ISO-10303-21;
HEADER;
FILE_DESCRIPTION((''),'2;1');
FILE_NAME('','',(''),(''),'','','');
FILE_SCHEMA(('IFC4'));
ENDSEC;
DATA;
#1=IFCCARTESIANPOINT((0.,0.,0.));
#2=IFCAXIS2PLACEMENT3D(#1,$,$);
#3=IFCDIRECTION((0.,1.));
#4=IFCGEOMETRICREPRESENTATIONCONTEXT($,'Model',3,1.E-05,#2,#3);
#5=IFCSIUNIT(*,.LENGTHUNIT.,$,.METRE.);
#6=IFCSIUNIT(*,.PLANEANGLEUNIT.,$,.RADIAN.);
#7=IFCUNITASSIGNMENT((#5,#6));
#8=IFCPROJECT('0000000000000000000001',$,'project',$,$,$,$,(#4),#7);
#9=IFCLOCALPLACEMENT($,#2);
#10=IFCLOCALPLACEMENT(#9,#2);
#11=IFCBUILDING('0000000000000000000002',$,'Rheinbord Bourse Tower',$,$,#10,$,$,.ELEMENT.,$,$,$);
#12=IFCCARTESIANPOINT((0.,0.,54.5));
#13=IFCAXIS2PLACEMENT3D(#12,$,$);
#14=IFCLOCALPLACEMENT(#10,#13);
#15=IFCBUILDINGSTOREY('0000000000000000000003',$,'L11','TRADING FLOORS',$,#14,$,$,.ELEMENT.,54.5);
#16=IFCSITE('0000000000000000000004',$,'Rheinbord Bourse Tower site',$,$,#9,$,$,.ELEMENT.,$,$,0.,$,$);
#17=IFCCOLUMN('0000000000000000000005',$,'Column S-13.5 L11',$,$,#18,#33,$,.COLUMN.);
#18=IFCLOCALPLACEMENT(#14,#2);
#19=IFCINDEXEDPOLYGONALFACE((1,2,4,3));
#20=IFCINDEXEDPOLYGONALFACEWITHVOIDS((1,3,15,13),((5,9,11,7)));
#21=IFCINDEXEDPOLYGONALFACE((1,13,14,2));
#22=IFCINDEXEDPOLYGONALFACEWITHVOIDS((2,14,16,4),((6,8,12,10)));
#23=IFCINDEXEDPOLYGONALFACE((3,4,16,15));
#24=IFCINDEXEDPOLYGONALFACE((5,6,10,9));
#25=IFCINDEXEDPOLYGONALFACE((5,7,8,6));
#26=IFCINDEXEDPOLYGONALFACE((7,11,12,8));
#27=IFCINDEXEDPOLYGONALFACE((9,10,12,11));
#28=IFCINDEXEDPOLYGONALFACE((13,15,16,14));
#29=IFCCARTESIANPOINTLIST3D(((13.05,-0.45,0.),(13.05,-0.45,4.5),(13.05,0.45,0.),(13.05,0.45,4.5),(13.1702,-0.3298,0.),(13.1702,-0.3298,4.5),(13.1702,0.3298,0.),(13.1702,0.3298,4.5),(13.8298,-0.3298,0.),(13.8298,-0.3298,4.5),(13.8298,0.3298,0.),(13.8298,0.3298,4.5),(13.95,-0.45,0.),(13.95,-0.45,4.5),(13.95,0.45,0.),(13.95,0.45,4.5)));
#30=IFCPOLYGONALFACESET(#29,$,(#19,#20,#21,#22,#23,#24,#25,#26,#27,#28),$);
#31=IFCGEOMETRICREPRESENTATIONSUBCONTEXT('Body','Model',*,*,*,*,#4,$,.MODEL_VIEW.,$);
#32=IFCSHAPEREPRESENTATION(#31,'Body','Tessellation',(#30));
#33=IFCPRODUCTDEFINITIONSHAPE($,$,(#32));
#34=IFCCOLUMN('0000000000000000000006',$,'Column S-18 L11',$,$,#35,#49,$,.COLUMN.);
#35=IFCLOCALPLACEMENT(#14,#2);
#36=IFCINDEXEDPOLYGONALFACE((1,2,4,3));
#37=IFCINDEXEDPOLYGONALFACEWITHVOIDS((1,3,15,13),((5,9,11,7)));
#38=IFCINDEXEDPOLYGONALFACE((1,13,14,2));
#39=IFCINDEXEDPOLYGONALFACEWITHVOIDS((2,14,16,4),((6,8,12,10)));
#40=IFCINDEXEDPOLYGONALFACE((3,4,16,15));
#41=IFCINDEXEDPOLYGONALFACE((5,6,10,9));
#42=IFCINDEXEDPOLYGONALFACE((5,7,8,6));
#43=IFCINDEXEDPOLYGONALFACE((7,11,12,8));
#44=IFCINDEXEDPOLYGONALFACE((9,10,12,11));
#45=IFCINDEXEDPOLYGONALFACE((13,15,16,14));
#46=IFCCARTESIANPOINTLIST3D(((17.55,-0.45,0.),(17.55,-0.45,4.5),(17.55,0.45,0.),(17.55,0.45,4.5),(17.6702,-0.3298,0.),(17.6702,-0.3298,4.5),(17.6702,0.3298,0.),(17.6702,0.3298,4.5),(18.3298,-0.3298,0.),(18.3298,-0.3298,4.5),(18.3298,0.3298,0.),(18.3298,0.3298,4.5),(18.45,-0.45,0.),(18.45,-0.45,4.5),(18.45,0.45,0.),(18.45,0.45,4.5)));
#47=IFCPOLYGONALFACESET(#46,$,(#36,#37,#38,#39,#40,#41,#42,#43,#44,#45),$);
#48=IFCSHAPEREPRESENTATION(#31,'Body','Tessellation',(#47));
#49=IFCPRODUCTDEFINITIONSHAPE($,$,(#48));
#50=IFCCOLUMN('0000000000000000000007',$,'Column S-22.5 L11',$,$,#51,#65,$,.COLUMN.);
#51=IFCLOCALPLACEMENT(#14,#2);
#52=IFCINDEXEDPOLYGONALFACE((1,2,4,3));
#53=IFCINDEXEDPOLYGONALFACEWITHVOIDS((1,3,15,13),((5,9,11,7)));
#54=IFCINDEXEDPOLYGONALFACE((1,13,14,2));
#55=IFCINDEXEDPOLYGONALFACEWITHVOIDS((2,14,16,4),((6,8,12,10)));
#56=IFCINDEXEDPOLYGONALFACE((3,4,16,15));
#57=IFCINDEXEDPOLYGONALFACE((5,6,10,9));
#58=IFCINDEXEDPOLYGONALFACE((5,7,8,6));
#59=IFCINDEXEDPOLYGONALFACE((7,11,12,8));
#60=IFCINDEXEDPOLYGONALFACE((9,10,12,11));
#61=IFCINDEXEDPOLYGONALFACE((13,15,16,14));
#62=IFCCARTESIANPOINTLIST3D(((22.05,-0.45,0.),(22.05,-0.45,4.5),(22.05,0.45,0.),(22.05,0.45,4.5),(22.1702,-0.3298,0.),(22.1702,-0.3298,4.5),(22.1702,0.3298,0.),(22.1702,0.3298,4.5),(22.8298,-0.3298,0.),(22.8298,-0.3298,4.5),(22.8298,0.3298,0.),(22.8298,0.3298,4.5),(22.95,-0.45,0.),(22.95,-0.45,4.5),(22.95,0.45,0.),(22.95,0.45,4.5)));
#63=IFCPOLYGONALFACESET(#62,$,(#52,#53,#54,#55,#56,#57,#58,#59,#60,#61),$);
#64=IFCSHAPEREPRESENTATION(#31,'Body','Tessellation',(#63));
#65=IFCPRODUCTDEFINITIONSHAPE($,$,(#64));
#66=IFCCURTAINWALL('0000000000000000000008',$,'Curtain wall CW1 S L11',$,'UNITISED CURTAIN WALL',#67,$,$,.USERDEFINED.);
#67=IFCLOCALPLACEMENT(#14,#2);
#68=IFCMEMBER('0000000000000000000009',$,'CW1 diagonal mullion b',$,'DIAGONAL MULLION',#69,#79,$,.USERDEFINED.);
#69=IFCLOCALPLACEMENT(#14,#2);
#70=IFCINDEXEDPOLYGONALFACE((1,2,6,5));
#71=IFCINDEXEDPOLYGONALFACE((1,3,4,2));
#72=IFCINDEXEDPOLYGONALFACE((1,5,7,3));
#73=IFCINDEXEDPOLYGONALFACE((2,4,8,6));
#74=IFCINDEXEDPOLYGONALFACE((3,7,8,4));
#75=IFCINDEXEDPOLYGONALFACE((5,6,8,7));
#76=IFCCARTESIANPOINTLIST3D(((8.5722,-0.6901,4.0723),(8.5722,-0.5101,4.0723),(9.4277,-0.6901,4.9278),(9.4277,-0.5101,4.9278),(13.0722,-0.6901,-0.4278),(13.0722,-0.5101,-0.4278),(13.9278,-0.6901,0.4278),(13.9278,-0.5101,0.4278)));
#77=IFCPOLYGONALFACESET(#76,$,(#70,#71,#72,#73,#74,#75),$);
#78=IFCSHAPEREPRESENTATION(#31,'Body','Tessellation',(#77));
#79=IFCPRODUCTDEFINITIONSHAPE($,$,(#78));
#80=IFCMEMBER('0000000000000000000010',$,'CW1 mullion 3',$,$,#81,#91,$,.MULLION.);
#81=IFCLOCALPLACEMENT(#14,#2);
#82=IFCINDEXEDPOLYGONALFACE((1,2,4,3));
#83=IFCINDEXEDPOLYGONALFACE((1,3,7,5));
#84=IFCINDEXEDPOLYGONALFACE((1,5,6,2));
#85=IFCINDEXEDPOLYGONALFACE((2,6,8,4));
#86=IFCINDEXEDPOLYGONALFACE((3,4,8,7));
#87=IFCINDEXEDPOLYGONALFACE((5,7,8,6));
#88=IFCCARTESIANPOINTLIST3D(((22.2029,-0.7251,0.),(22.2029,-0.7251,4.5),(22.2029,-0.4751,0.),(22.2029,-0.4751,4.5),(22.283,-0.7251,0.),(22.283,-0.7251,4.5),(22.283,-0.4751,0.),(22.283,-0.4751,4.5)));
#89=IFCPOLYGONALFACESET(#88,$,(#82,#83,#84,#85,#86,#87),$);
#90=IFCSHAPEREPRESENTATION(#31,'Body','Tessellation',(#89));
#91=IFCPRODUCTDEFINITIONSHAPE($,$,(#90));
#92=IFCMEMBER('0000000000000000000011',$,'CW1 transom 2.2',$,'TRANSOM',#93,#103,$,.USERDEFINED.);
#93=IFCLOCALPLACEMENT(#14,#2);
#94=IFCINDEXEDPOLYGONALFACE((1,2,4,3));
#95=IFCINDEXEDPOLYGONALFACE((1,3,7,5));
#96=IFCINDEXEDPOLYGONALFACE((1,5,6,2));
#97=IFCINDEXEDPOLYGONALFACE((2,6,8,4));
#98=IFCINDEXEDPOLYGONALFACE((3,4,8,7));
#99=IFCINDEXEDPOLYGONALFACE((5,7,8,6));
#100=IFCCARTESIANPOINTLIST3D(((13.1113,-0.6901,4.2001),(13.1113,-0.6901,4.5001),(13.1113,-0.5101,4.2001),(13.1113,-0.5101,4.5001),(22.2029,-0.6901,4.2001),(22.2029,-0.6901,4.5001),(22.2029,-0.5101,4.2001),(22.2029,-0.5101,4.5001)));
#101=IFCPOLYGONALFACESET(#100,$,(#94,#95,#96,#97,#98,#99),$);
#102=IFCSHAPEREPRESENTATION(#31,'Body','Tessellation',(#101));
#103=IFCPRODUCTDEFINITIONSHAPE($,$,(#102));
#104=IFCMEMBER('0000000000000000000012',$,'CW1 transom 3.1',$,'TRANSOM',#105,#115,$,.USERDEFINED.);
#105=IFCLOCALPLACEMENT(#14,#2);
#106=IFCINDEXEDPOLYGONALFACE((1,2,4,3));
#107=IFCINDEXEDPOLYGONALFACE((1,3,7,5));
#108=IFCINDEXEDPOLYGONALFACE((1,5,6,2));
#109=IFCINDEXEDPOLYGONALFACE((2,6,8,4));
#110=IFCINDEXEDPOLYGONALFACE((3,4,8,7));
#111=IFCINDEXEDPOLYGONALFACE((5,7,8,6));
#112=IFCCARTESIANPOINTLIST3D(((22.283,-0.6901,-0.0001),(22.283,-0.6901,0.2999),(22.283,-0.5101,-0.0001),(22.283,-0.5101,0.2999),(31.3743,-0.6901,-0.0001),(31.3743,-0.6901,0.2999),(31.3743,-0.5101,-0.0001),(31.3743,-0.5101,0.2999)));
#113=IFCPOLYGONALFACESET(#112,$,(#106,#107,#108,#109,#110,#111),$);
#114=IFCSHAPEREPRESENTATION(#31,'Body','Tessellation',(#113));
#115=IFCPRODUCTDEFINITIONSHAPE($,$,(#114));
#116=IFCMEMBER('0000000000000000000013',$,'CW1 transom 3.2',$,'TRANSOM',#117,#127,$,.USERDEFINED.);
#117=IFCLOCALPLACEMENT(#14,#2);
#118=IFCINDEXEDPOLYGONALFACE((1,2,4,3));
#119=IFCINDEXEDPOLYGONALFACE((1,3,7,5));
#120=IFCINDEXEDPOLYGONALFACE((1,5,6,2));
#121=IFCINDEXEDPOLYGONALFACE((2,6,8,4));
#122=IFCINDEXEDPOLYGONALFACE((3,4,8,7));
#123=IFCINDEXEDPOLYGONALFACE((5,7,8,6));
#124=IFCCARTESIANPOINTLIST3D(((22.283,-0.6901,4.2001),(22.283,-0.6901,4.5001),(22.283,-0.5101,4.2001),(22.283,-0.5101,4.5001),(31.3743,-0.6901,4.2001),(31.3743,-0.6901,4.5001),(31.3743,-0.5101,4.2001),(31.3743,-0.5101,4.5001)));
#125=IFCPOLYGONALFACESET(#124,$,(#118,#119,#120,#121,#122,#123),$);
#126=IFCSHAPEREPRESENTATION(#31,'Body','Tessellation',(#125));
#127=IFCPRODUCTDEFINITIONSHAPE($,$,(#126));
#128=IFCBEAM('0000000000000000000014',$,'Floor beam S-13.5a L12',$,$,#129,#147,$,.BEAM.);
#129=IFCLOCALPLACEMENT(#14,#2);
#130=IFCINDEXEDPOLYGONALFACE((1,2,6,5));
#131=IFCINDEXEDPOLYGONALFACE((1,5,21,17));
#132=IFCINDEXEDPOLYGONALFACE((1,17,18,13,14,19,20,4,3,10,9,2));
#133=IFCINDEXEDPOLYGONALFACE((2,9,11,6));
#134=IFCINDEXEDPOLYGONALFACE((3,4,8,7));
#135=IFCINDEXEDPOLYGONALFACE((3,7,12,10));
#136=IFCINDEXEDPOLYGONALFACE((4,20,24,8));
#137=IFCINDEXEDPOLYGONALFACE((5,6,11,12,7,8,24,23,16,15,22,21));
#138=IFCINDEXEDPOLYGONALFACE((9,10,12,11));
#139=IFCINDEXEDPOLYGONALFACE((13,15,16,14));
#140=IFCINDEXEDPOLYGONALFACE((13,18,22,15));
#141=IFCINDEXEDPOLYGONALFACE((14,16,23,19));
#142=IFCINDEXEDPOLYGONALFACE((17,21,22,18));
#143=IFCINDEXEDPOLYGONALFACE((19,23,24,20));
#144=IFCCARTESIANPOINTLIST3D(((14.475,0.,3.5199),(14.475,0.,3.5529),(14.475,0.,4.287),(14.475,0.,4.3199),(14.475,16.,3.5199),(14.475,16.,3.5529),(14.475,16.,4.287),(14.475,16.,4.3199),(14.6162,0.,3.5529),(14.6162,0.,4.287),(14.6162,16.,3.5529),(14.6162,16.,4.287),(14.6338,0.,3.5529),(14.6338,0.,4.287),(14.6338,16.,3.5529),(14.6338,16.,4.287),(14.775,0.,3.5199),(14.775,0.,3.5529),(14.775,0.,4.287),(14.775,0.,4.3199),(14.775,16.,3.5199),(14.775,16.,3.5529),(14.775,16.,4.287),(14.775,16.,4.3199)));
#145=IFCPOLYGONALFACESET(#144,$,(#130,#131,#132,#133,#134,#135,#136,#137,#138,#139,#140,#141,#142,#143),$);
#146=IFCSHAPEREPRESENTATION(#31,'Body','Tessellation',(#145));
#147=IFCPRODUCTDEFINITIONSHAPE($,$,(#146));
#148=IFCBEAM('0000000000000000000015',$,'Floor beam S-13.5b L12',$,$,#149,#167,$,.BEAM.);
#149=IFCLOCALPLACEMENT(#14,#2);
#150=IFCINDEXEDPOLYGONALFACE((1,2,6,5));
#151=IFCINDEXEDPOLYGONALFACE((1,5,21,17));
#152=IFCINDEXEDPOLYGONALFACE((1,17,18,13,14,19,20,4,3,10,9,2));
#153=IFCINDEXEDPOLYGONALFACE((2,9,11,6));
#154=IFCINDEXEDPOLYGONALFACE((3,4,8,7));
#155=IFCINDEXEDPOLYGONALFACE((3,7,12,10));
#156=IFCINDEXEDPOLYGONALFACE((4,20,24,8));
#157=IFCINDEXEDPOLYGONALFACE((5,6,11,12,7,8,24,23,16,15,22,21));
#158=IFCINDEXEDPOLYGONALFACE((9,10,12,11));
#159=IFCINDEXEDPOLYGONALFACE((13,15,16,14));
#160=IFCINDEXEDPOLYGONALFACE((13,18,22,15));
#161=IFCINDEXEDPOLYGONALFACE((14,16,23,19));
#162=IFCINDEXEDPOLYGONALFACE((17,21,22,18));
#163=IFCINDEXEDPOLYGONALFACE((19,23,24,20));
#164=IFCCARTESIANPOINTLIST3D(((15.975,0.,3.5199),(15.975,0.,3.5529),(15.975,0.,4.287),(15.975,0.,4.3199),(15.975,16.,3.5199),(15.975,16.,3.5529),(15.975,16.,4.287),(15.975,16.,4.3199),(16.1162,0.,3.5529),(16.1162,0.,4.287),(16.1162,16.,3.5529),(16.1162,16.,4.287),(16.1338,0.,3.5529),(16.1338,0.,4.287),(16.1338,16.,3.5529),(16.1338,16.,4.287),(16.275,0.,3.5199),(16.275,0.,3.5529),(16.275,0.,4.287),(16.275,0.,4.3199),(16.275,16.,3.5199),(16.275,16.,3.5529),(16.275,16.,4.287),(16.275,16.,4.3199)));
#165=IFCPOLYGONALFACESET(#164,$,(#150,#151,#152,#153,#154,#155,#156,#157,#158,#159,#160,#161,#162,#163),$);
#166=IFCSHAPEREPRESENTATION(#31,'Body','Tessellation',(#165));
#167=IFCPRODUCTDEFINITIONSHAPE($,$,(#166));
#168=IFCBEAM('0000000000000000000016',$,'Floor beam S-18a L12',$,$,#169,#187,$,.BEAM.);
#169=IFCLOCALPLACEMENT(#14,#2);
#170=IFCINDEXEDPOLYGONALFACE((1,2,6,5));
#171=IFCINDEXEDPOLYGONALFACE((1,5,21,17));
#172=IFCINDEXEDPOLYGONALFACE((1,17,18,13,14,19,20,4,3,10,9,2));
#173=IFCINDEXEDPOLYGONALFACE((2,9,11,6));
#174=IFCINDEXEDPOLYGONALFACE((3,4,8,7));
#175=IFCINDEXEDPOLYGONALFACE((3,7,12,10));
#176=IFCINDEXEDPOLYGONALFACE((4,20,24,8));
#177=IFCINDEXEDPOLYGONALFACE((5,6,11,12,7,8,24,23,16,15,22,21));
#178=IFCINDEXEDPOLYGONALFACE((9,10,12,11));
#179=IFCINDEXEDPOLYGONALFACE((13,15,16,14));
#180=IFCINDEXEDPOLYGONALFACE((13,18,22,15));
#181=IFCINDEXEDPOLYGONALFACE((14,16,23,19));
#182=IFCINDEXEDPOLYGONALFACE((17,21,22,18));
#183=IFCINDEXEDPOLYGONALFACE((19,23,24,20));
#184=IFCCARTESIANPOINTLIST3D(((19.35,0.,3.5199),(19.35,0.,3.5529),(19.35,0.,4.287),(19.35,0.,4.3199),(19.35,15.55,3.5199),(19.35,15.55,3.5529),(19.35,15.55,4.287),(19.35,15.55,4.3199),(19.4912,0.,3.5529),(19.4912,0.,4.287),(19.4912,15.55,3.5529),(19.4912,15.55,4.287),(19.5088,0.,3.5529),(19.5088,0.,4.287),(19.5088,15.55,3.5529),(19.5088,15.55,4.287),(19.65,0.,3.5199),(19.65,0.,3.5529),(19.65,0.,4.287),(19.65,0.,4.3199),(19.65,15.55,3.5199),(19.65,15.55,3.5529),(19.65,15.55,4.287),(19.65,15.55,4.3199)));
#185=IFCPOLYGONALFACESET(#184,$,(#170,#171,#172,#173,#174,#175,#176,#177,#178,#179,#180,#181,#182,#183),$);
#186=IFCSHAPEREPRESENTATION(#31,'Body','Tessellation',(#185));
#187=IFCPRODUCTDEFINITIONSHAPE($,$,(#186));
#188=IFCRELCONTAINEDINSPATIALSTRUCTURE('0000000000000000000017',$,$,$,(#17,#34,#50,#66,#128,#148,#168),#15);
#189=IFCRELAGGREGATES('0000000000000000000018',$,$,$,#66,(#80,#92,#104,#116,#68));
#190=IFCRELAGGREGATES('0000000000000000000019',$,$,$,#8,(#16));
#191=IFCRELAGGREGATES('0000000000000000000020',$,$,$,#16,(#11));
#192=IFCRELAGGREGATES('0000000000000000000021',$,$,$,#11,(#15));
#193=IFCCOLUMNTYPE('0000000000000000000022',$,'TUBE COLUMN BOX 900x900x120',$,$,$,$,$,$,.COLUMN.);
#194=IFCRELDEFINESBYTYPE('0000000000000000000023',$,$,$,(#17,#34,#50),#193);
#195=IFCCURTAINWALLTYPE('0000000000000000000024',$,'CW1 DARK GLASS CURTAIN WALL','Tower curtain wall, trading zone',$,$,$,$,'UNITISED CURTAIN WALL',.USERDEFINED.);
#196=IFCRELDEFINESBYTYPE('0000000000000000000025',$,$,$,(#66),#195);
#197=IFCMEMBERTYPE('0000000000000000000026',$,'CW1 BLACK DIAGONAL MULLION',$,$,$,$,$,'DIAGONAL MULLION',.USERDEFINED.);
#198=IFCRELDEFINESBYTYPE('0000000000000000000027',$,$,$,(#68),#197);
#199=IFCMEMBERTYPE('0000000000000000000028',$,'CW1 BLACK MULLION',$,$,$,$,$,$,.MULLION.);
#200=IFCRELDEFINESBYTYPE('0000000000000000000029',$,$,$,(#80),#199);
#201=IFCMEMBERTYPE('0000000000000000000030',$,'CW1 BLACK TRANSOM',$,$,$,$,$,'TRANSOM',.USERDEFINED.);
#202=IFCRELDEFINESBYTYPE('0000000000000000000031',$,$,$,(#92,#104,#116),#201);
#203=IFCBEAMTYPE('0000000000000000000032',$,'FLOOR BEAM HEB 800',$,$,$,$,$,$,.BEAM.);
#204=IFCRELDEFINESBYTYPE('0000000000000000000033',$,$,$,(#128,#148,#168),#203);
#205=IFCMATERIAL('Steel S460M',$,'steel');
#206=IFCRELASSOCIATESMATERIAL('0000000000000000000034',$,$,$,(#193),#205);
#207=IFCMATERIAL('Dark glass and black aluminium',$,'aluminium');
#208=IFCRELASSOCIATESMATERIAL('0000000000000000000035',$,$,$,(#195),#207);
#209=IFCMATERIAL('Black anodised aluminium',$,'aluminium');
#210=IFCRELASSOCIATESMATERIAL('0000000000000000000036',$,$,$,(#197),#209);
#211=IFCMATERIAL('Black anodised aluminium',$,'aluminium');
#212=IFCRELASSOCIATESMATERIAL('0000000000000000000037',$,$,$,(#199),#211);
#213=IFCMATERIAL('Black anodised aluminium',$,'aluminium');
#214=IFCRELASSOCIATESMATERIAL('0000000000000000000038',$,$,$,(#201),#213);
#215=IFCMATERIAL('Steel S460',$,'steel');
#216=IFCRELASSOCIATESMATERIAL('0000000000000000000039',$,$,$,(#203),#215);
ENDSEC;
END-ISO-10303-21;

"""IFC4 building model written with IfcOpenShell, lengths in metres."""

from ifc_helpers import new_model, si_unit, direction, frame, origin, origin_2d, place, context, subcontext, project, spatial, rectangle, hollow_rectangle, i_section, extrude, material, material_profile, profile_set, type_object, element, aggregate, save


model = new_model("IFC4")

# Units and contexts
model_context = context("Model", 3, precision=1e-05, world=origin(), true_north=direction((0.0, 1.0)))
body_context = subcontext(model_context, "Body", "Model", "MODEL_VIEW")
ifc_project = project(units=[si_unit("LENGTHUNIT", "METRE"), si_unit("PLANEANGLEUNIT", "RADIAN")], contexts=[model_context])

# Site, building, storey
site_placement = place(None, origin())
site = spatial("IfcSite", under=ifc_project, at=site_placement, Name="Rheinbord Bourse Tower site", CompositionType="ELEMENT", RefElevation=0.0)
building_placement = place(site_placement, origin())
building = spatial("IfcBuilding", under=site, at=building_placement, Name="Rheinbord Bourse Tower", CompositionType="ELEMENT")
storey_placement = place(building_placement, frame((0.0, 0.0, 54.5)))
storey = spatial("IfcBuildingStorey", under=building, at=storey_placement, Name="L11", Description="TRADING FLOORS", CompositionType="ELEMENT", Elevation=54.5)

# Columns
ifc_material_1 = material(Name="Steel S460M", Category="steel")
ifc_material_profile_1 = material_profile(ifc_material_1, hollow_rectangle(XDim=0.8999, YDim=0.8999, WallThickness=0.1201, at=origin_2d()), Name="BOX 900x900x120")
ifc_profile_set_1 = profile_set([ifc_material_profile_1], Name="Steel S460M")
column_type = type_object("IfcColumnType", Name="TUBE COLUMN BOX 900x900x120", PredefinedType="COLUMN", material=ifc_profile_set_1)
for number, where, z_axis, x_axis, name in (
    (1, (13.5, 0.0, 0.0), (0.0, 0.0, 1.0), (0.0, 1.0, 0.0), "Column S-13.5 L11"),
    (2, (18.0, 0.0, 0.0), (0.0, 0.0, 1.0), (0.0, 1.0, 0.0), "Column S-18 L11"),
    (3, (22.5, 0.0, 0.0), (0.0, 0.0, 1.0), (0.0, 1.0, 0.0), "Column S-22.5 L11"),
):
    element("IfcColumn", number, at=place(storey_placement, frame(where, z_axis=z_axis, x_axis=x_axis)), inside=storey, type_object=column_type, Name=name, PredefinedType="COLUMN", context=body_context, shape_type="SweptSolid", body=[
        extrude(hollow_rectangle(XDim=0.8999, YDim=0.8999, WallThickness=0.1201, at=origin_2d()), origin(), (0.0, 0.0, 1.0), 4.5),
    ])

# Curtain wall, members
ifc_material_2 = material(Name="Dark glass and black aluminium", Category="aluminium")
curtain_wall_type = type_object("IfcCurtainWallType", Name="CW1 DARK GLASS CURTAIN WALL", Description="Tower curtain wall, trading zone", ElementType="UNITISED CURTAIN WALL", PredefinedType="USERDEFINED", material=ifc_material_2)
curtain_wall_placement = place(storey_placement, origin())
curtain_wall = element("IfcCurtainWall", 4, at=curtain_wall_placement, inside=storey, type_object=curtain_wall_type, Name="Curtain wall CW1 S L11", ObjectType="UNITISED CURTAIN WALL", PredefinedType="USERDEFINED")
ifc_material_3 = material(Name="Black anodised aluminium", Category="aluminium")
ifc_material_profile_2 = material_profile(ifc_material_3, rectangle(XDim=0.1799, YDim=1.21, at=origin_2d()), Name="CW1 DIAGONAL MULLION 1210x180")
ifc_profile_set_2 = profile_set([ifc_material_profile_2], Name="Black anodised aluminium")
member_type_1 = type_object("IfcMemberType", Name="CW1 BLACK DIAGONAL MULLION", ElementType="DIAGONAL MULLION", PredefinedType="USERDEFINED", material=ifc_profile_set_2)
member_1_placement = place(storey_placement, frame((13.5, -0.6001, 0.0), z_axis=(-0.707107, 0.0, 0.707107), x_axis=(0.0, -1.0, 0.0)))
member_1 = element("IfcMember", 5, at=member_1_placement, type_object=member_type_1, Name="CW1 diagonal mullion b", ObjectType="DIAGONAL MULLION", PredefinedType="USERDEFINED", context=body_context, shape_type="SweptSolid", body=[
    extrude(rectangle(XDim=0.1799, YDim=1.21, at=origin_2d()), origin(), (0.0, 0.0, 1.0), 6.364),
])
ifc_material_4 = material(Name="Black anodised aluminium", Category="aluminium")
ifc_material_profile_3 = material_profile(ifc_material_4, rectangle(XDim=0.25, YDim=0.0801, at=origin_2d()), Name="CW1 MULLION 80x250")
ifc_profile_set_3 = profile_set([ifc_material_profile_3], Name="Black anodised aluminium")
member_type_2 = type_object("IfcMemberType", Name="CW1 BLACK MULLION", PredefinedType="MULLION", material=ifc_profile_set_3)
member_2_placement = place(storey_placement, frame((22.2429, -0.6001, 0.0), z_axis=(0.0, 0.0, 1.0), x_axis=(0.0, 1.0, 0.0)))
member_2 = element("IfcMember", 6, at=member_2_placement, type_object=member_type_2, Name="CW1 mullion 3", PredefinedType="MULLION", context=body_context, shape_type="SweptSolid", body=[
    extrude(rectangle(XDim=0.25, YDim=0.0801, at=origin_2d()), origin(), (0.0, 0.0, 1.0), 4.5),
])
ifc_material_5 = material(Name="Black anodised aluminium", Category="aluminium")
ifc_material_profile_4 = material_profile(ifc_material_5, rectangle(XDim=0.1799, YDim=0.3, at=origin_2d()), Name="CW1 TRANSOM 300x180")
ifc_profile_set_4 = profile_set([ifc_material_profile_4], Name="Black anodised aluminium")
member_type_3 = type_object("IfcMemberType", Name="CW1 BLACK TRANSOM", ElementType="TRANSOM", PredefinedType="USERDEFINED", material=ifc_profile_set_4)
member_3_placement = place(storey_placement, frame((13.1113, -0.6001, 4.3501), z_axis=(1.0, 0.0, 0.0), x_axis=(0.0, 1.0, 0.0)))
member_3 = element("IfcMember", 7, at=member_3_placement, type_object=member_type_3, Name="CW1 transom 2.2", ObjectType="TRANSOM", PredefinedType="USERDEFINED", context=body_context, shape_type="SweptSolid", body=[
    extrude(rectangle(XDim=0.1799, YDim=0.3, at=origin_2d()), origin(), (0.0, 0.0, 1.0), 9.0916),
])
member_4_placement = place(storey_placement, frame((22.283, -0.6001, 0.1499), z_axis=(1.0, 0.0, 0.0), x_axis=(0.0, 1.0, 0.0)))
member_4 = element("IfcMember", 8, at=member_4_placement, type_object=member_type_3, Name="CW1 transom 3.1", ObjectType="TRANSOM", PredefinedType="USERDEFINED", context=body_context, shape_type="SweptSolid", body=[
    extrude(rectangle(XDim=0.1799, YDim=0.3, at=origin_2d()), origin(), (0.0, 0.0, 1.0), 9.0913),
])
member_5_placement = place(storey_placement, frame((22.283, -0.6001, 4.3501), z_axis=(1.0, 0.0, 0.0), x_axis=(0.0, 1.0, 0.0)))
member_5 = element("IfcMember", 9, at=member_5_placement, type_object=member_type_3, Name="CW1 transom 3.2", ObjectType="TRANSOM", PredefinedType="USERDEFINED", context=body_context, shape_type="SweptSolid", body=[
    extrude(rectangle(XDim=0.1799, YDim=0.3, at=origin_2d()), origin(), (0.0, 0.0, 1.0), 9.0913),
])

# Beams
ifc_material_6 = material(Name="Steel S460", Category="steel")
ifc_material_profile_5 = material_profile(ifc_material_6, i_section(OverallWidth=0.3, OverallDepth=0.8, WebThickness=0.0176, FlangeThickness=0.033, at=origin_2d()), Name="HEB 800")
ifc_profile_set_5 = profile_set([ifc_material_profile_5], Name="Steel S460")
beam_type_1 = type_object("IfcBeamType", Name="FLOOR BEAM HEB 800", PredefinedType="BEAM", material=ifc_profile_set_5)
for number, where, z_axis, x_axis, name in (
    (10, (14.625, 0.0, 3.9199), (0.0, 1.0, 0.0), (-1.0, 0.0, 0.0), "Floor beam S-13.5a L12"),
    (11, (16.125, 0.0, 3.9199), (0.0, 1.0, 0.0), (-1.0, 0.0, 0.0), "Floor beam S-13.5b L12"),
):
    element("IfcBeam", number, at=place(storey_placement, frame(where, z_axis=z_axis, x_axis=x_axis)), inside=storey, type_object=beam_type_1, Name=name, PredefinedType="BEAM", context=body_context, shape_type="SweptSolid", body=[
        extrude(i_section(OverallWidth=0.3, OverallDepth=0.8, WebThickness=0.0176, FlangeThickness=0.033, at=origin_2d()), origin(), (0.0, 0.0, 1.0), 16.0),
    ])
for number, where, z_axis, x_axis, name in (
    (12, (19.5, 0.0, 3.9199), (0.0, 1.0, 0.0), (-1.0, 0.0, 0.0), "Floor beam S-18a L12"),
):
    element("IfcBeam", number, at=place(storey_placement, frame(where, z_axis=z_axis, x_axis=x_axis)), inside=storey, type_object=beam_type_1, Name=name, PredefinedType="BEAM", context=body_context, shape_type="SweptSolid", body=[
        extrude(i_section(OverallWidth=0.3, OverallDepth=0.8, WebThickness=0.0176, FlangeThickness=0.033, at=origin_2d()), origin(), (0.0, 0.0, 1.0), 15.55),
    ])

aggregate(curtain_wall, [member_2, member_3, member_4, member_5, member_1])

save(model, "model.ifc")
